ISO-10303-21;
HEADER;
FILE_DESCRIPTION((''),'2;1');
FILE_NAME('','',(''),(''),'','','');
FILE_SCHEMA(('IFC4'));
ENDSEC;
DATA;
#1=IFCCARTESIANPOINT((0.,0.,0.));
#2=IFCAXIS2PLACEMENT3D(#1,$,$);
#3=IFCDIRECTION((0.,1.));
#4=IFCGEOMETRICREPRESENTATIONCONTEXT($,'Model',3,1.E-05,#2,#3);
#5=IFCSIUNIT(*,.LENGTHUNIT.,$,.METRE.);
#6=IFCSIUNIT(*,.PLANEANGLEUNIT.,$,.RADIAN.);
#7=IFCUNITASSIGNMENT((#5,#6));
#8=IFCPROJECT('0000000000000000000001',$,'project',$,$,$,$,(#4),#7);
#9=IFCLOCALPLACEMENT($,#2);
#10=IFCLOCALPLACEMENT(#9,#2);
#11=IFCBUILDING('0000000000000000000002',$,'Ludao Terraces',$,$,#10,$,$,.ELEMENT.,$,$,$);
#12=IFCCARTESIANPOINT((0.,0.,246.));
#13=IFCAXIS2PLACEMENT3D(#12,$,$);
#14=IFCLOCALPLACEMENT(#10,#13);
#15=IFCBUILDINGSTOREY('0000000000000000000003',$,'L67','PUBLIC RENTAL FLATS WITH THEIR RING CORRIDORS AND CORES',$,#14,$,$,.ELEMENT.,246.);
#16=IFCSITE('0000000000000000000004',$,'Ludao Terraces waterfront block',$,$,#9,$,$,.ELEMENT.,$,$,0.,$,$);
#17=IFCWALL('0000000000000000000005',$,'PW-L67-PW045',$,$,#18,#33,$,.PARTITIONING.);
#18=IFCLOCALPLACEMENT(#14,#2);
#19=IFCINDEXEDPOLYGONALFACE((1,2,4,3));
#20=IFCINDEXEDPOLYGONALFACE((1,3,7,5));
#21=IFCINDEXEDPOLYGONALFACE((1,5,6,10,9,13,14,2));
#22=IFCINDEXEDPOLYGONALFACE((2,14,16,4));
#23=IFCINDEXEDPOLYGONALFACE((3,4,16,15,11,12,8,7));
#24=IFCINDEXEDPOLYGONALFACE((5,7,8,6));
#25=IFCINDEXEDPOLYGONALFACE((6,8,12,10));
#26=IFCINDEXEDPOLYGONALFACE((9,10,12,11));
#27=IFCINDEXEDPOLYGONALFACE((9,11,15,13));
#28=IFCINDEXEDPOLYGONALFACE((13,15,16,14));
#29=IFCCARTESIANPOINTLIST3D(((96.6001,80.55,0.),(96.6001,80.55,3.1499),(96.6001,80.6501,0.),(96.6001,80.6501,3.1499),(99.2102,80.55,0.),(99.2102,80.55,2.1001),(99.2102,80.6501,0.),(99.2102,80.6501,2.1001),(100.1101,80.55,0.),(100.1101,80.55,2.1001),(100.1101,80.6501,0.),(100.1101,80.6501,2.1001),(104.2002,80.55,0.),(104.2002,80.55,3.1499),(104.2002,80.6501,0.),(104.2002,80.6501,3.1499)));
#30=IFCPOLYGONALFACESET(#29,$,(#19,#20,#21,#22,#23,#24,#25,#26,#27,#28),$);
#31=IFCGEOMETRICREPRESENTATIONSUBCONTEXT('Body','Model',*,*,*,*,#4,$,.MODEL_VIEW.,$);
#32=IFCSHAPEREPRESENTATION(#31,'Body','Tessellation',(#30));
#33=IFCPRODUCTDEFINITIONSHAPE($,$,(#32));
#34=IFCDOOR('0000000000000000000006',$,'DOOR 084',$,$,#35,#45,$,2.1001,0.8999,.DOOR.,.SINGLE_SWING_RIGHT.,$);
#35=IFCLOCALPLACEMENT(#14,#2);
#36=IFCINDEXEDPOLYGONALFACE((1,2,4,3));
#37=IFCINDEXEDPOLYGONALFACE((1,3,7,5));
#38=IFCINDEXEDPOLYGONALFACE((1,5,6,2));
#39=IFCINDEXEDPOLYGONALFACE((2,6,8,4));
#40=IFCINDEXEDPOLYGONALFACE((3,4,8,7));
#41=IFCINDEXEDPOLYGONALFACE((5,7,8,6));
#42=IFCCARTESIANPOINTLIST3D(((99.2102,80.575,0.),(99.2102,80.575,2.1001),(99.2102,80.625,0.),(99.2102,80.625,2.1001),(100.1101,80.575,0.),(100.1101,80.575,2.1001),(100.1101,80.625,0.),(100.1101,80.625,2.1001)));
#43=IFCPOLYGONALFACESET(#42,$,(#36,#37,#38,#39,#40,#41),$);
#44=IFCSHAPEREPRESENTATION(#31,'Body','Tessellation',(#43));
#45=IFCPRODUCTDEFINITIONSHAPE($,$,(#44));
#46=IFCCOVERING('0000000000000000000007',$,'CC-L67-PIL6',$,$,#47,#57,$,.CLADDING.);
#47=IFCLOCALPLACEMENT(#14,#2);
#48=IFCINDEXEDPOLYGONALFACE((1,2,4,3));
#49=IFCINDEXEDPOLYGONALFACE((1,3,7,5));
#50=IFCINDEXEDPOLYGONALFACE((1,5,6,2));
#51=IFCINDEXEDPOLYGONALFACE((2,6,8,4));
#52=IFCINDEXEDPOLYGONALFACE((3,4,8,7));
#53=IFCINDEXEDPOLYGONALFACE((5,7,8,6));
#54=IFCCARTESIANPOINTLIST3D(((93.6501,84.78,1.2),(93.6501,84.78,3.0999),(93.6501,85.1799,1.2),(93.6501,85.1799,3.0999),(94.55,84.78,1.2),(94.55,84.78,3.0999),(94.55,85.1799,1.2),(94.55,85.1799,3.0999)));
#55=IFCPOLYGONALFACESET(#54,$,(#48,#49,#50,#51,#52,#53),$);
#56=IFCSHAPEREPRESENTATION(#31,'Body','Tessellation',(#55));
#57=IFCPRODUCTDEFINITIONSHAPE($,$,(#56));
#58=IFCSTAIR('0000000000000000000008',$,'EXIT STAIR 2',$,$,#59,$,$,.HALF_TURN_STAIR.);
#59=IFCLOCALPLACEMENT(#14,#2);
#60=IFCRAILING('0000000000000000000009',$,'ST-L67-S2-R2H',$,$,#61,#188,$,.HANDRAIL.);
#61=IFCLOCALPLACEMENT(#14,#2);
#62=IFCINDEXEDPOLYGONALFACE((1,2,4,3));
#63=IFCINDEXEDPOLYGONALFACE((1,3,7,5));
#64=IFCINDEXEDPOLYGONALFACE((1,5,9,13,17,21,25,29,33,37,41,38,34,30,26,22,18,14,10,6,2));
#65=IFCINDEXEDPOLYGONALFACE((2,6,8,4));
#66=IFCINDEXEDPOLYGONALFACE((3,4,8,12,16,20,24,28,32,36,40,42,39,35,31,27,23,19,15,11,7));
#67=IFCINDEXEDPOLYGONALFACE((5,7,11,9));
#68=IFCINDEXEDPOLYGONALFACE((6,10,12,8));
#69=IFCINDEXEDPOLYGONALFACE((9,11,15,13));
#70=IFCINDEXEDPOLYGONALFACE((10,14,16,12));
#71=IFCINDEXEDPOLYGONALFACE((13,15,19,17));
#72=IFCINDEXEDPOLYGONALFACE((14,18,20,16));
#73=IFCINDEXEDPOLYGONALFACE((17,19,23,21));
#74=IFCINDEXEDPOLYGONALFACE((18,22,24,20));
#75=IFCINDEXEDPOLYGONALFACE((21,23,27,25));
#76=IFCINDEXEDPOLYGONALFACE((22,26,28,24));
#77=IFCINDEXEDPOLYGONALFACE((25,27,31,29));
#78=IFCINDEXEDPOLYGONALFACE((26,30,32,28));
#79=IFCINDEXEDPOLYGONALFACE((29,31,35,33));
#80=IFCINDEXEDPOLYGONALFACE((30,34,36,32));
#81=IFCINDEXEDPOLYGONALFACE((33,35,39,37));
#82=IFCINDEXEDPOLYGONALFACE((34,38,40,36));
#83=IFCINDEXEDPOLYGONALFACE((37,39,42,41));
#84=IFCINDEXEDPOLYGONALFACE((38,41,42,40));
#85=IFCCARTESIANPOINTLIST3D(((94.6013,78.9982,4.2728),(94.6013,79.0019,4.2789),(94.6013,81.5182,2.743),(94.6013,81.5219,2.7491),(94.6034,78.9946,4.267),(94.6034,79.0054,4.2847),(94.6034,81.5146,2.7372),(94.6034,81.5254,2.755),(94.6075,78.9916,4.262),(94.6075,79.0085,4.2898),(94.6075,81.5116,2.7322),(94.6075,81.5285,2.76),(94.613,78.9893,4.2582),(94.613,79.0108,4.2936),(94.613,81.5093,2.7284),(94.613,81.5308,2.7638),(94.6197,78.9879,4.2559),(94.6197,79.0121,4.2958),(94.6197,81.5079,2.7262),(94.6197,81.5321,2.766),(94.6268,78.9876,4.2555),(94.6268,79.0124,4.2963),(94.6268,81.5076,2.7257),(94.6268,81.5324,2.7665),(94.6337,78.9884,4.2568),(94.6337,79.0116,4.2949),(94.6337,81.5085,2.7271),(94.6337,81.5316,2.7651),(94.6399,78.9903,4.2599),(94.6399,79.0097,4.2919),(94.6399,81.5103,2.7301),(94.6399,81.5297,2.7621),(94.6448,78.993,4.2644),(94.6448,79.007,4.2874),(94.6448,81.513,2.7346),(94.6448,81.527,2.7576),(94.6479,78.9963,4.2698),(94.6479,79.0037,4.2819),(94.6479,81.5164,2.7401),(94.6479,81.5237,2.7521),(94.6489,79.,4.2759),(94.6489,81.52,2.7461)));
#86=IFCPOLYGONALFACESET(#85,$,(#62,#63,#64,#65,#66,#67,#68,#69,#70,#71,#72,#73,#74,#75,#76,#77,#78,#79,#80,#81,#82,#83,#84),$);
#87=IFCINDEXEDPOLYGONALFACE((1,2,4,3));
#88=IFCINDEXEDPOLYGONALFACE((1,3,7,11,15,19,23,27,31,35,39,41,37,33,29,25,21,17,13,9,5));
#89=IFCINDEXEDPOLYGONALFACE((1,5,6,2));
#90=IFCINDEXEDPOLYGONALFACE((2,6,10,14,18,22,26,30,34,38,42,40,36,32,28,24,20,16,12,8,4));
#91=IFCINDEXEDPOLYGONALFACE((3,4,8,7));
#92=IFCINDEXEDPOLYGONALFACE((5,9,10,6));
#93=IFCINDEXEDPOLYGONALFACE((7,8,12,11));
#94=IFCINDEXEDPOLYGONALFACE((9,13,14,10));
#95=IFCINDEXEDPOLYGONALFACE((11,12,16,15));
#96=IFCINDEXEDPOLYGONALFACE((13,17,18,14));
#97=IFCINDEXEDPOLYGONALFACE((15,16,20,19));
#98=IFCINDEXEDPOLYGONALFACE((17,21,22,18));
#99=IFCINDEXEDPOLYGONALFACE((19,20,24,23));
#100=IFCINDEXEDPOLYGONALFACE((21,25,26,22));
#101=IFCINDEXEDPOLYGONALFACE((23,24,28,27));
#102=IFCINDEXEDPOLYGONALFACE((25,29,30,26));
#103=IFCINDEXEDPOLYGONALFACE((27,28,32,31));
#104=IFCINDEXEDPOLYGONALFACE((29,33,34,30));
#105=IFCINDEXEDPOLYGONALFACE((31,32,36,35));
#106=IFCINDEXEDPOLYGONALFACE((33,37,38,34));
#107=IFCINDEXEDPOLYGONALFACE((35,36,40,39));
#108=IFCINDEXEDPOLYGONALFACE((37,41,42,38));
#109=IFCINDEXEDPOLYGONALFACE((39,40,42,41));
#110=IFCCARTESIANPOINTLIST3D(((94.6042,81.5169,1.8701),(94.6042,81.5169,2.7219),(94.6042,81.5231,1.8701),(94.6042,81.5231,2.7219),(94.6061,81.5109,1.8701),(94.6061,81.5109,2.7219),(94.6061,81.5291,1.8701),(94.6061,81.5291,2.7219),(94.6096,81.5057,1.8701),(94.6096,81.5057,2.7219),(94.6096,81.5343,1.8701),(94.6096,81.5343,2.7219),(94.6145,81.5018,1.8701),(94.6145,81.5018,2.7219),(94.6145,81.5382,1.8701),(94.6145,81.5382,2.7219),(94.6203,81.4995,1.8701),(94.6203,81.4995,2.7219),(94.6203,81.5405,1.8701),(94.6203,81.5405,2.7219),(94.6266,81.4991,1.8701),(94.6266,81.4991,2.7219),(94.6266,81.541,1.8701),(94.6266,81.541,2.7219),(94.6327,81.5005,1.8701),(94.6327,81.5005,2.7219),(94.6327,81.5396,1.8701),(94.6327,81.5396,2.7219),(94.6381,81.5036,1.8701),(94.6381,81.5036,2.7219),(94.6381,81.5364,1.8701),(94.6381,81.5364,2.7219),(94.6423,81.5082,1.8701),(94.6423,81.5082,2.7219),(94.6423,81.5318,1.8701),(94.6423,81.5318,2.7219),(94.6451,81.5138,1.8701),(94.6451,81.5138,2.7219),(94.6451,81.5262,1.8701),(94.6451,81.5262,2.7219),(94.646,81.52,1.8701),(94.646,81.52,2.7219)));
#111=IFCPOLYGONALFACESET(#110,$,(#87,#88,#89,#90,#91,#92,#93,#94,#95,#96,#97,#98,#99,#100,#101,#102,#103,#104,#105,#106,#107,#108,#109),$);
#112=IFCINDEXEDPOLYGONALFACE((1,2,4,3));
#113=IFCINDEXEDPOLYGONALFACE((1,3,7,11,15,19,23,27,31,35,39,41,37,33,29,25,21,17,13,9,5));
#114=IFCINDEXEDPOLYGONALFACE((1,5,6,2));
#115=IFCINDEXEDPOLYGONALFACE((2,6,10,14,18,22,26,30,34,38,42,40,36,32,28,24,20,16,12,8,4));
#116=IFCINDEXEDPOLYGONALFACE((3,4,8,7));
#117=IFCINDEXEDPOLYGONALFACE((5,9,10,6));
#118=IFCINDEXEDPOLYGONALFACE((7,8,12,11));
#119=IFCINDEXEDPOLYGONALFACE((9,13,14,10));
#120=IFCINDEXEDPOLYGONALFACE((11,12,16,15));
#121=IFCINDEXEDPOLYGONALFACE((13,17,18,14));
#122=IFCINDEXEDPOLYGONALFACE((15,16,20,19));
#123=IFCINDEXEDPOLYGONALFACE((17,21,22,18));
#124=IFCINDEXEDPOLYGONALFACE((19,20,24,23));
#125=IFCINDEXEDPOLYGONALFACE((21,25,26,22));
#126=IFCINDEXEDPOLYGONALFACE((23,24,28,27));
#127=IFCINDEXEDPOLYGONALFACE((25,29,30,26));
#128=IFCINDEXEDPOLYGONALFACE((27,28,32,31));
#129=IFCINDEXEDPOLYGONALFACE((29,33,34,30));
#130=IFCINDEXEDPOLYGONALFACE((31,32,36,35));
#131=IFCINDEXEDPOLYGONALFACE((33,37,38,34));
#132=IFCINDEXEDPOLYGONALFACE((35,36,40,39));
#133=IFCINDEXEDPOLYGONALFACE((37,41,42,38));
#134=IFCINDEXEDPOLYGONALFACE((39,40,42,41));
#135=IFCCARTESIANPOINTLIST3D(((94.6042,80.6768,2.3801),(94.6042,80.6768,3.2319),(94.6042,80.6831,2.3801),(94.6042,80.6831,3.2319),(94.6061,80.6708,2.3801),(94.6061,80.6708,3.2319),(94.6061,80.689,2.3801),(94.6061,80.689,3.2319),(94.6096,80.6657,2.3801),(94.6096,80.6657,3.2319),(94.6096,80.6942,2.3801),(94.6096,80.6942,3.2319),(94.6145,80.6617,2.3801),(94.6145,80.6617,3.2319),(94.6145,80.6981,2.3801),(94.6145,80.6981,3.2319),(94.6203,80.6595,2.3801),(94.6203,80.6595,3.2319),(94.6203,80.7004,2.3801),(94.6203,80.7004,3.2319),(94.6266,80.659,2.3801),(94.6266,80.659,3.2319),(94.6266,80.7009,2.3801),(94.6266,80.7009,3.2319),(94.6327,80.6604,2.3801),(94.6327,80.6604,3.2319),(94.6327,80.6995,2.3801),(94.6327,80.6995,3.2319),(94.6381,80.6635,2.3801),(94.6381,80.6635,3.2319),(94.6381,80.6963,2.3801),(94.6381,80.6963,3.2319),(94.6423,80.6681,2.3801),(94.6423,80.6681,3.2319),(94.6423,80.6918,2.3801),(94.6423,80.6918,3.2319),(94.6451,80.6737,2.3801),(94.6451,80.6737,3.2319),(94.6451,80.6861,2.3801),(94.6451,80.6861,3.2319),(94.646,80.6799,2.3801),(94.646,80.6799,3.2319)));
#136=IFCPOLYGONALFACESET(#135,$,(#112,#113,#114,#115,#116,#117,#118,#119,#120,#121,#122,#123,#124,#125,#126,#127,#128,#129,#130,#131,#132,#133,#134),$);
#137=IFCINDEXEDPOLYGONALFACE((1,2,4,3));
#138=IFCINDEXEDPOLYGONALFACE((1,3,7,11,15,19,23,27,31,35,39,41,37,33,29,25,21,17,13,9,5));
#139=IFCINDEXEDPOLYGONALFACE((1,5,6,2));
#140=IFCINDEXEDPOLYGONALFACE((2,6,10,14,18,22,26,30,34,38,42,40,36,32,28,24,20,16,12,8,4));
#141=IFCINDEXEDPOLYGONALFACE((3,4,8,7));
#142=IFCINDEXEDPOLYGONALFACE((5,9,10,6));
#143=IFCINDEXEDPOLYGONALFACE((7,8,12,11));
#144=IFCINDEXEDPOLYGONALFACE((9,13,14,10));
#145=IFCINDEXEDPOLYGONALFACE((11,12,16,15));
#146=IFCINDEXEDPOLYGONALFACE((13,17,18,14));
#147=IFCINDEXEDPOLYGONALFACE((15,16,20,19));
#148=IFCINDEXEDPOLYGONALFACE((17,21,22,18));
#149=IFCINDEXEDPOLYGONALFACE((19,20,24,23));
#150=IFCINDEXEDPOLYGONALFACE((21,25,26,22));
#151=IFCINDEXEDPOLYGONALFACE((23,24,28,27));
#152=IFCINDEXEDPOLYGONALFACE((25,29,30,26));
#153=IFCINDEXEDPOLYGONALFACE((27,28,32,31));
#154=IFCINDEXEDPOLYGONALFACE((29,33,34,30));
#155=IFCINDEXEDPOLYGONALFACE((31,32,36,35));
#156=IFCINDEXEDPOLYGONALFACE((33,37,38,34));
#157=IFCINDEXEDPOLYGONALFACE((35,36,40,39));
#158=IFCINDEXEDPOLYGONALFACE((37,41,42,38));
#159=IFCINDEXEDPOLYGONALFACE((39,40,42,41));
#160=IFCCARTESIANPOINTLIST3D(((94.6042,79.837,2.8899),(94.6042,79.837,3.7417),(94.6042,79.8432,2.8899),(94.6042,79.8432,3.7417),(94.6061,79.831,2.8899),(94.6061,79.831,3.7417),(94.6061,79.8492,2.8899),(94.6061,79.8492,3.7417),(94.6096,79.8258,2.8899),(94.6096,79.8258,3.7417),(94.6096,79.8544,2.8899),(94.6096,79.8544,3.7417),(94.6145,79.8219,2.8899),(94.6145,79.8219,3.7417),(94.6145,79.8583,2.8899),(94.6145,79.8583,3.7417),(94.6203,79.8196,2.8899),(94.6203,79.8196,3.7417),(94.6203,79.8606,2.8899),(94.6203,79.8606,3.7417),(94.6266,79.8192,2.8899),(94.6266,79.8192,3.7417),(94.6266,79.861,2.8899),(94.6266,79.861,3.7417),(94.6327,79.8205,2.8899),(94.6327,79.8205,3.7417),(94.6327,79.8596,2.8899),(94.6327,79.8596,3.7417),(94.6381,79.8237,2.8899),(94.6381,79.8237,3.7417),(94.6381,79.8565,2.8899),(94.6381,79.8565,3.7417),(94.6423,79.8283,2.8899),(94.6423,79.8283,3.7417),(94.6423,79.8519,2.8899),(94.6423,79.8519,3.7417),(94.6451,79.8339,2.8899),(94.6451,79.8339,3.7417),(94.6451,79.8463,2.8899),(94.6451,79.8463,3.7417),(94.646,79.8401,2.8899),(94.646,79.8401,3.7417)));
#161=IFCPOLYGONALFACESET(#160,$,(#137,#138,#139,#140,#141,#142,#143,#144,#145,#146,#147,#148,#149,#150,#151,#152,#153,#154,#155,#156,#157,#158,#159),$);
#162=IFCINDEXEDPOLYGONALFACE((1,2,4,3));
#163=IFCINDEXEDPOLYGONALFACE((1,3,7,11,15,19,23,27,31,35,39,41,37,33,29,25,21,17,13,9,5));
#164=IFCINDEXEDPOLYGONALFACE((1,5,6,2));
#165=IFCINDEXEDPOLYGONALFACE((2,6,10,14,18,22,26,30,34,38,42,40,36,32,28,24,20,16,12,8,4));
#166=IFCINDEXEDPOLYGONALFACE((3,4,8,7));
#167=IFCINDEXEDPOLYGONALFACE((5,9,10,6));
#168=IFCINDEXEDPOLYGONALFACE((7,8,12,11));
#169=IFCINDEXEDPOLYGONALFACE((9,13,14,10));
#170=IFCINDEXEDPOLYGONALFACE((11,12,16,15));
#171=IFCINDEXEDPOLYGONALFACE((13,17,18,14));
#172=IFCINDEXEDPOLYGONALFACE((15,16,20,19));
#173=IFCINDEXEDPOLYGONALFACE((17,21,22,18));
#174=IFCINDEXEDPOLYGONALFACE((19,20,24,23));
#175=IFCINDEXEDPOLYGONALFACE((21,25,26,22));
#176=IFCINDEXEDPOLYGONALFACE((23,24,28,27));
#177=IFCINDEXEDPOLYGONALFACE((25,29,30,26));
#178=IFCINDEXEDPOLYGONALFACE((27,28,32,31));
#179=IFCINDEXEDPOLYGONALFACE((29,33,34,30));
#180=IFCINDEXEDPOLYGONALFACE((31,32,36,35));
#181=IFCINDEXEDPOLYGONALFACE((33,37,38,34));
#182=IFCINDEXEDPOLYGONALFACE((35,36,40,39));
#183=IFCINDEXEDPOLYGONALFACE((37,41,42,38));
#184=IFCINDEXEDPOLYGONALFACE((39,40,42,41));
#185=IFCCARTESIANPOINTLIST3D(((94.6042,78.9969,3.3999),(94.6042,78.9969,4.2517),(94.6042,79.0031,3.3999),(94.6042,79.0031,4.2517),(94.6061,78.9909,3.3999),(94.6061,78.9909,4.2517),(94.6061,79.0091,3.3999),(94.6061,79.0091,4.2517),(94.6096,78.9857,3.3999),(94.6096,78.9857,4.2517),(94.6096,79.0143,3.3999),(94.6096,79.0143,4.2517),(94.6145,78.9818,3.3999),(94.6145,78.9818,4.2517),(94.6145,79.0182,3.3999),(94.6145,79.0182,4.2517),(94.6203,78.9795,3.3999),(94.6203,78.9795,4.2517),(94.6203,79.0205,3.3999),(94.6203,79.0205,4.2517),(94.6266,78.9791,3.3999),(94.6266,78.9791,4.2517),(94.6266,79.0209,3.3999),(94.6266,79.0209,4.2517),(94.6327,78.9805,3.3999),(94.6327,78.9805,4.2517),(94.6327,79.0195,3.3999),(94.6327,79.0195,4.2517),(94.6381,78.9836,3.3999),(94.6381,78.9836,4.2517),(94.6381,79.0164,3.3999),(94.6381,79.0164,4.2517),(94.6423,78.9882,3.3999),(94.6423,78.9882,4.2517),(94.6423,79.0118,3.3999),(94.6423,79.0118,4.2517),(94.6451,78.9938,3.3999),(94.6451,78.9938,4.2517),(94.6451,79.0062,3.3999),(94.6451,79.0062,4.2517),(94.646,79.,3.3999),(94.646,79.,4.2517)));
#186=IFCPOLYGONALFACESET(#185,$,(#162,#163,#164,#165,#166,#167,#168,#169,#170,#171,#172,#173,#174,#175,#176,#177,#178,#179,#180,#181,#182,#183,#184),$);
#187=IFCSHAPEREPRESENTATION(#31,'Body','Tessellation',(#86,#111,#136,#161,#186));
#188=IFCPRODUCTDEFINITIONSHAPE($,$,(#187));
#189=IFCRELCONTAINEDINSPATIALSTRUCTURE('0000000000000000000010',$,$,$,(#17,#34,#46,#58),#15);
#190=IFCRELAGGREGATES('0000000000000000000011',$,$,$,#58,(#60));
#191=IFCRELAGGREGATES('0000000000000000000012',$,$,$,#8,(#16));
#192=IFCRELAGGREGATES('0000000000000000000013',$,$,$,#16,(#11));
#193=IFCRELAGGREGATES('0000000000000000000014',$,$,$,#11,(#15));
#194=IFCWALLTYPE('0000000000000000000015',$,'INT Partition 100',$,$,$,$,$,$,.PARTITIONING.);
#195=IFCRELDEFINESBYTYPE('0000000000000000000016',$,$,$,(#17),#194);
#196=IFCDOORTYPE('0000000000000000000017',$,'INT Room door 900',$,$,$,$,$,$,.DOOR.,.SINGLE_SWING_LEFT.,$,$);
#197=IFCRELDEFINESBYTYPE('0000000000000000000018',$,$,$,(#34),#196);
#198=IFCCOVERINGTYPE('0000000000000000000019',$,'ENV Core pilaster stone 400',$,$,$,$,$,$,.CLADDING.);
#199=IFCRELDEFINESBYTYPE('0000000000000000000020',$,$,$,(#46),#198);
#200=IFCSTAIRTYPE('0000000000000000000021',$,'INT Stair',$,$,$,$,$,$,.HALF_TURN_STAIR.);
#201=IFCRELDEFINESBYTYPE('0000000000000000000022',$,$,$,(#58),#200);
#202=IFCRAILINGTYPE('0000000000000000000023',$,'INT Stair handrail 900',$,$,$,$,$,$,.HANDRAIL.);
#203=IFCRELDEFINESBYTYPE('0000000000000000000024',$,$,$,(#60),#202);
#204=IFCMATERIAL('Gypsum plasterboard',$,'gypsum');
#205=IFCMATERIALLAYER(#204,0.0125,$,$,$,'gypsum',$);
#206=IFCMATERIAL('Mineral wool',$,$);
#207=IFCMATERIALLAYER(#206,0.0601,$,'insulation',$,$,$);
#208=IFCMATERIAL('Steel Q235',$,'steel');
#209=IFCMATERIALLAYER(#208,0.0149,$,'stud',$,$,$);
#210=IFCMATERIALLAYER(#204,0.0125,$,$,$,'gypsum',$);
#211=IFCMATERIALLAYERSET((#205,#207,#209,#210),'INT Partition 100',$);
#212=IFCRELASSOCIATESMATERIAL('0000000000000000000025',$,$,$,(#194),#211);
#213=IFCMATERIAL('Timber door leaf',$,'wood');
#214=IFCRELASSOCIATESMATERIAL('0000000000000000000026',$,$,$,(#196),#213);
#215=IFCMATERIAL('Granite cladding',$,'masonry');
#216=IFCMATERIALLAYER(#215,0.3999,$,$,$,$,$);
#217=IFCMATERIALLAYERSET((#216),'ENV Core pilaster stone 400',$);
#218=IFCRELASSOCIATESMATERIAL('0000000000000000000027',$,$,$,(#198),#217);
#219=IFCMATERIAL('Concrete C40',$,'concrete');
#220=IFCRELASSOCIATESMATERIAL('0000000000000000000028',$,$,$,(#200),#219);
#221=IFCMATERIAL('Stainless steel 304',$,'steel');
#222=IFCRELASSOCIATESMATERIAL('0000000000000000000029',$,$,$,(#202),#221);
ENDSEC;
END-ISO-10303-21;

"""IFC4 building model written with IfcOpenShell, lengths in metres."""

from ifc_helpers import new_model, si_unit, direction, frame, frame_2d, origin, origin_2d, place, context, subcontext, project, spatial, rectangle, circle, extrude, material, layer, layer_set, type_object, element, fill, aggregate, save


model = new_model("IFC4")

# Units and contexts
model_context = context("Model", 3, precision=1e-05, world=origin(), true_north=direction((0.0, 1.0)))
body_context = subcontext(model_context, "Body", "Model", "MODEL_VIEW")
ifc_project = project(units=[si_unit("LENGTHUNIT", "METRE"), si_unit("PLANEANGLEUNIT", "RADIAN")], contexts=[model_context])

# Site, building, storey
site_placement = place(None, origin())
site = spatial("IfcSite", under=ifc_project, at=site_placement, Name="Ludao Terraces waterfront block", CompositionType="ELEMENT", RefElevation=0.0)
building_placement = place(site_placement, origin())
building = spatial("IfcBuilding", under=site, at=building_placement, Name="Ludao Terraces", CompositionType="ELEMENT")
storey_placement = place(building_placement, frame((0.0, 0.0, 246.0)))
storey = spatial("IfcBuildingStorey", under=building, at=storey_placement, Name="L67", Description="PUBLIC RENTAL FLATS WITH THEIR RING CORRIDORS AND CORES", CompositionType="ELEMENT", Elevation=246.0)

# Shared definitions
ifc_material_1 = material(Name="Concrete C40", Category="concrete")

# Shared definitions
ifc_material_2 = material(Name="Steel Q235", Category="steel")

# Shared definitions
ifc_material_3 = material(Name="Granite cladding", Category="masonry")
ifc_material_4 = material(Name="Mineral wool")

# Shared definitions
ifc_material_5 = material(Name="Gypsum plasterboard", Category="gypsum")
ifc_layer_1 = layer(ifc_material_5, 0.0125, Category="gypsum")
ifc_layer_2 = layer(ifc_material_4, 0.0601, Name="insulation")
ifc_layer_3 = layer(ifc_material_2, 0.0149, Name="stud")
ifc_layer_4 = layer(ifc_material_5, 0.0125, Category="gypsum")
ifc_layer_set_1 = layer_set([ifc_layer_1, ifc_layer_2, ifc_layer_3, ifc_layer_4], Name="INT Partition 100")
wall_type_1 = type_object("IfcWallType", Name="INT Partition 100", PredefinedType="PARTITIONING", material=ifc_layer_set_1)

# Wall, opening, door
wall_1_placement = place(storey_placement, frame((96.6001, 80.6001, 0.0), z_axis=(0.0, 0.0, 1.0), x_axis=(1.0, 0.0, 0.0)))
wall_1 = element("IfcWall", 1, at=wall_1_placement, inside=storey, type_object=wall_type_1, Name="PW-L67-PW045", PredefinedType="PARTITIONING", context=body_context, shape_type="SweptSolid", body=[
    extrude(rectangle(XDim=7.6001, YDim=0.1001, at=frame_2d((3.8, 0.0))), origin(), (0.0, 0.0, 1.0), 3.1499),
])
opening_1_placement = place(wall_1_placement, frame((2.6101, 0.0, 0.0)))
opening_1 = element("IfcOpeningElement", 2, at=opening_1_placement, cuts=wall_1, PredefinedType="OPENING", context=body_context, shape_type="SweptSolid", body=[
    extrude(rectangle(XDim=0.8999, YDim=2.1001, at=frame_2d((0.45, 1.05))), frame((0.0, 0.0601, 0.0), z_axis=(0.0, -1.0, 0.0), x_axis=(1.0, 0.0, 0.0)), (0.0, 0.0, 1.0), 0.1201),
])
ifc_material_6 = material(Name="Timber door leaf", Category="wood")
door_type_1 = type_object("IfcDoorType", Name="INT Room door 900", OperationType="SINGLE_SWING_LEFT", PredefinedType="DOOR", material=ifc_material_6)
door_1_placement = place(opening_1_placement, origin())
door_1 = element("IfcDoor", 3, at=door_1_placement, inside=storey, type_object=door_type_1, Name="DOOR 084", OperationType="SINGLE_SWING_RIGHT", OverallHeight=2.1001, OverallWidth=0.8999, PredefinedType="DOOR", context=body_context, shape_type="SweptSolid", body=[
    extrude(rectangle(XDim=0.8999, YDim=2.1001, at=frame_2d((0.45, 1.05))), frame((0.0, 0.0249, 0.0), z_axis=(0.0, -1.0, 0.0), x_axis=(1.0, 0.0, 0.0)), (0.0, 0.0, 1.0), 0.05),
])
fill(opening_1, door_1)

# Covering
ifc_layer_5 = layer(ifc_material_3, 0.3999)
ifc_layer_set_2 = layer_set([ifc_layer_5], Name="ENV Core pilaster stone 400")
covering_type = type_object("IfcCoveringType", Name="ENV Core pilaster stone 400", PredefinedType="CLADDING", material=ifc_layer_set_2)
covering_placement = place(storey_placement, frame((94.1001, 84.98, 1.2), z_axis=(0.0, 0.0, 1.0), x_axis=(1.0, 0.0, 0.0)))
element("IfcCovering", 4, at=covering_placement, inside=storey, type_object=covering_type, Name="CC-L67-PIL6", PredefinedType="CLADDING", context=body_context, shape_type="SweptSolid", body=[
    extrude(rectangle(XDim=0.8999, YDim=0.3999, at=origin_2d()), origin(), (0.0, 0.0, 1.0), 1.8999),
])

# Stair, railing
stair_type = type_object("IfcStairType", Name="INT Stair", PredefinedType="HALF_TURN_STAIR", material=ifc_material_1)
stair_placement = place(storey_placement, origin())
stair = element("IfcStair", 5, at=stair_placement, inside=storey, type_object=stair_type, Name="EXIT STAIR 2", PredefinedType="HALF_TURN_STAIR")
ifc_material_7 = material(Name="Stainless steel 304", Category="steel")
railing_type = type_object("IfcRailingType", Name="INT Stair handrail 900", PredefinedType="HANDRAIL", material=ifc_material_7)
railing_placement = place(storey_placement, frame((94.625, 81.52, 1.8701)))
railing = element("IfcRailing", 6, at=railing_placement, type_object=railing_type, Name="ST-L67-S2-R2H", PredefinedType="HANDRAIL", context=body_context, shape_type="SweptSolid", body=[
    extrude(circle(Radius=0.0239, at=origin_2d()), frame((0.0, 0.0, 0.876), z_axis=(0.0, -0.854822, 0.518922), x_axis=(1.0, 0.0, 0.0)), (0.0, 0.0, 1.0), 2.948),
    extrude(circle(Radius=0.021, at=origin_2d()), origin(), (0.0, 0.0, 1.0), 0.8518),
    extrude(circle(Radius=0.021, at=origin_2d()), frame((0.0, -0.8401, 0.51)), (0.0, 0.0, 1.0), 0.8518),
    extrude(circle(Radius=0.021, at=origin_2d()), frame((0.0, -1.6799, 1.0198)), (0.0, 0.0, 1.0), 0.8518),
    extrude(circle(Radius=0.021, at=origin_2d()), frame((0.0, -2.52, 1.5298)), (0.0, 0.0, 1.0), 0.8518),
])
aggregate(stair, [railing])

save(model, "model.ifc")
